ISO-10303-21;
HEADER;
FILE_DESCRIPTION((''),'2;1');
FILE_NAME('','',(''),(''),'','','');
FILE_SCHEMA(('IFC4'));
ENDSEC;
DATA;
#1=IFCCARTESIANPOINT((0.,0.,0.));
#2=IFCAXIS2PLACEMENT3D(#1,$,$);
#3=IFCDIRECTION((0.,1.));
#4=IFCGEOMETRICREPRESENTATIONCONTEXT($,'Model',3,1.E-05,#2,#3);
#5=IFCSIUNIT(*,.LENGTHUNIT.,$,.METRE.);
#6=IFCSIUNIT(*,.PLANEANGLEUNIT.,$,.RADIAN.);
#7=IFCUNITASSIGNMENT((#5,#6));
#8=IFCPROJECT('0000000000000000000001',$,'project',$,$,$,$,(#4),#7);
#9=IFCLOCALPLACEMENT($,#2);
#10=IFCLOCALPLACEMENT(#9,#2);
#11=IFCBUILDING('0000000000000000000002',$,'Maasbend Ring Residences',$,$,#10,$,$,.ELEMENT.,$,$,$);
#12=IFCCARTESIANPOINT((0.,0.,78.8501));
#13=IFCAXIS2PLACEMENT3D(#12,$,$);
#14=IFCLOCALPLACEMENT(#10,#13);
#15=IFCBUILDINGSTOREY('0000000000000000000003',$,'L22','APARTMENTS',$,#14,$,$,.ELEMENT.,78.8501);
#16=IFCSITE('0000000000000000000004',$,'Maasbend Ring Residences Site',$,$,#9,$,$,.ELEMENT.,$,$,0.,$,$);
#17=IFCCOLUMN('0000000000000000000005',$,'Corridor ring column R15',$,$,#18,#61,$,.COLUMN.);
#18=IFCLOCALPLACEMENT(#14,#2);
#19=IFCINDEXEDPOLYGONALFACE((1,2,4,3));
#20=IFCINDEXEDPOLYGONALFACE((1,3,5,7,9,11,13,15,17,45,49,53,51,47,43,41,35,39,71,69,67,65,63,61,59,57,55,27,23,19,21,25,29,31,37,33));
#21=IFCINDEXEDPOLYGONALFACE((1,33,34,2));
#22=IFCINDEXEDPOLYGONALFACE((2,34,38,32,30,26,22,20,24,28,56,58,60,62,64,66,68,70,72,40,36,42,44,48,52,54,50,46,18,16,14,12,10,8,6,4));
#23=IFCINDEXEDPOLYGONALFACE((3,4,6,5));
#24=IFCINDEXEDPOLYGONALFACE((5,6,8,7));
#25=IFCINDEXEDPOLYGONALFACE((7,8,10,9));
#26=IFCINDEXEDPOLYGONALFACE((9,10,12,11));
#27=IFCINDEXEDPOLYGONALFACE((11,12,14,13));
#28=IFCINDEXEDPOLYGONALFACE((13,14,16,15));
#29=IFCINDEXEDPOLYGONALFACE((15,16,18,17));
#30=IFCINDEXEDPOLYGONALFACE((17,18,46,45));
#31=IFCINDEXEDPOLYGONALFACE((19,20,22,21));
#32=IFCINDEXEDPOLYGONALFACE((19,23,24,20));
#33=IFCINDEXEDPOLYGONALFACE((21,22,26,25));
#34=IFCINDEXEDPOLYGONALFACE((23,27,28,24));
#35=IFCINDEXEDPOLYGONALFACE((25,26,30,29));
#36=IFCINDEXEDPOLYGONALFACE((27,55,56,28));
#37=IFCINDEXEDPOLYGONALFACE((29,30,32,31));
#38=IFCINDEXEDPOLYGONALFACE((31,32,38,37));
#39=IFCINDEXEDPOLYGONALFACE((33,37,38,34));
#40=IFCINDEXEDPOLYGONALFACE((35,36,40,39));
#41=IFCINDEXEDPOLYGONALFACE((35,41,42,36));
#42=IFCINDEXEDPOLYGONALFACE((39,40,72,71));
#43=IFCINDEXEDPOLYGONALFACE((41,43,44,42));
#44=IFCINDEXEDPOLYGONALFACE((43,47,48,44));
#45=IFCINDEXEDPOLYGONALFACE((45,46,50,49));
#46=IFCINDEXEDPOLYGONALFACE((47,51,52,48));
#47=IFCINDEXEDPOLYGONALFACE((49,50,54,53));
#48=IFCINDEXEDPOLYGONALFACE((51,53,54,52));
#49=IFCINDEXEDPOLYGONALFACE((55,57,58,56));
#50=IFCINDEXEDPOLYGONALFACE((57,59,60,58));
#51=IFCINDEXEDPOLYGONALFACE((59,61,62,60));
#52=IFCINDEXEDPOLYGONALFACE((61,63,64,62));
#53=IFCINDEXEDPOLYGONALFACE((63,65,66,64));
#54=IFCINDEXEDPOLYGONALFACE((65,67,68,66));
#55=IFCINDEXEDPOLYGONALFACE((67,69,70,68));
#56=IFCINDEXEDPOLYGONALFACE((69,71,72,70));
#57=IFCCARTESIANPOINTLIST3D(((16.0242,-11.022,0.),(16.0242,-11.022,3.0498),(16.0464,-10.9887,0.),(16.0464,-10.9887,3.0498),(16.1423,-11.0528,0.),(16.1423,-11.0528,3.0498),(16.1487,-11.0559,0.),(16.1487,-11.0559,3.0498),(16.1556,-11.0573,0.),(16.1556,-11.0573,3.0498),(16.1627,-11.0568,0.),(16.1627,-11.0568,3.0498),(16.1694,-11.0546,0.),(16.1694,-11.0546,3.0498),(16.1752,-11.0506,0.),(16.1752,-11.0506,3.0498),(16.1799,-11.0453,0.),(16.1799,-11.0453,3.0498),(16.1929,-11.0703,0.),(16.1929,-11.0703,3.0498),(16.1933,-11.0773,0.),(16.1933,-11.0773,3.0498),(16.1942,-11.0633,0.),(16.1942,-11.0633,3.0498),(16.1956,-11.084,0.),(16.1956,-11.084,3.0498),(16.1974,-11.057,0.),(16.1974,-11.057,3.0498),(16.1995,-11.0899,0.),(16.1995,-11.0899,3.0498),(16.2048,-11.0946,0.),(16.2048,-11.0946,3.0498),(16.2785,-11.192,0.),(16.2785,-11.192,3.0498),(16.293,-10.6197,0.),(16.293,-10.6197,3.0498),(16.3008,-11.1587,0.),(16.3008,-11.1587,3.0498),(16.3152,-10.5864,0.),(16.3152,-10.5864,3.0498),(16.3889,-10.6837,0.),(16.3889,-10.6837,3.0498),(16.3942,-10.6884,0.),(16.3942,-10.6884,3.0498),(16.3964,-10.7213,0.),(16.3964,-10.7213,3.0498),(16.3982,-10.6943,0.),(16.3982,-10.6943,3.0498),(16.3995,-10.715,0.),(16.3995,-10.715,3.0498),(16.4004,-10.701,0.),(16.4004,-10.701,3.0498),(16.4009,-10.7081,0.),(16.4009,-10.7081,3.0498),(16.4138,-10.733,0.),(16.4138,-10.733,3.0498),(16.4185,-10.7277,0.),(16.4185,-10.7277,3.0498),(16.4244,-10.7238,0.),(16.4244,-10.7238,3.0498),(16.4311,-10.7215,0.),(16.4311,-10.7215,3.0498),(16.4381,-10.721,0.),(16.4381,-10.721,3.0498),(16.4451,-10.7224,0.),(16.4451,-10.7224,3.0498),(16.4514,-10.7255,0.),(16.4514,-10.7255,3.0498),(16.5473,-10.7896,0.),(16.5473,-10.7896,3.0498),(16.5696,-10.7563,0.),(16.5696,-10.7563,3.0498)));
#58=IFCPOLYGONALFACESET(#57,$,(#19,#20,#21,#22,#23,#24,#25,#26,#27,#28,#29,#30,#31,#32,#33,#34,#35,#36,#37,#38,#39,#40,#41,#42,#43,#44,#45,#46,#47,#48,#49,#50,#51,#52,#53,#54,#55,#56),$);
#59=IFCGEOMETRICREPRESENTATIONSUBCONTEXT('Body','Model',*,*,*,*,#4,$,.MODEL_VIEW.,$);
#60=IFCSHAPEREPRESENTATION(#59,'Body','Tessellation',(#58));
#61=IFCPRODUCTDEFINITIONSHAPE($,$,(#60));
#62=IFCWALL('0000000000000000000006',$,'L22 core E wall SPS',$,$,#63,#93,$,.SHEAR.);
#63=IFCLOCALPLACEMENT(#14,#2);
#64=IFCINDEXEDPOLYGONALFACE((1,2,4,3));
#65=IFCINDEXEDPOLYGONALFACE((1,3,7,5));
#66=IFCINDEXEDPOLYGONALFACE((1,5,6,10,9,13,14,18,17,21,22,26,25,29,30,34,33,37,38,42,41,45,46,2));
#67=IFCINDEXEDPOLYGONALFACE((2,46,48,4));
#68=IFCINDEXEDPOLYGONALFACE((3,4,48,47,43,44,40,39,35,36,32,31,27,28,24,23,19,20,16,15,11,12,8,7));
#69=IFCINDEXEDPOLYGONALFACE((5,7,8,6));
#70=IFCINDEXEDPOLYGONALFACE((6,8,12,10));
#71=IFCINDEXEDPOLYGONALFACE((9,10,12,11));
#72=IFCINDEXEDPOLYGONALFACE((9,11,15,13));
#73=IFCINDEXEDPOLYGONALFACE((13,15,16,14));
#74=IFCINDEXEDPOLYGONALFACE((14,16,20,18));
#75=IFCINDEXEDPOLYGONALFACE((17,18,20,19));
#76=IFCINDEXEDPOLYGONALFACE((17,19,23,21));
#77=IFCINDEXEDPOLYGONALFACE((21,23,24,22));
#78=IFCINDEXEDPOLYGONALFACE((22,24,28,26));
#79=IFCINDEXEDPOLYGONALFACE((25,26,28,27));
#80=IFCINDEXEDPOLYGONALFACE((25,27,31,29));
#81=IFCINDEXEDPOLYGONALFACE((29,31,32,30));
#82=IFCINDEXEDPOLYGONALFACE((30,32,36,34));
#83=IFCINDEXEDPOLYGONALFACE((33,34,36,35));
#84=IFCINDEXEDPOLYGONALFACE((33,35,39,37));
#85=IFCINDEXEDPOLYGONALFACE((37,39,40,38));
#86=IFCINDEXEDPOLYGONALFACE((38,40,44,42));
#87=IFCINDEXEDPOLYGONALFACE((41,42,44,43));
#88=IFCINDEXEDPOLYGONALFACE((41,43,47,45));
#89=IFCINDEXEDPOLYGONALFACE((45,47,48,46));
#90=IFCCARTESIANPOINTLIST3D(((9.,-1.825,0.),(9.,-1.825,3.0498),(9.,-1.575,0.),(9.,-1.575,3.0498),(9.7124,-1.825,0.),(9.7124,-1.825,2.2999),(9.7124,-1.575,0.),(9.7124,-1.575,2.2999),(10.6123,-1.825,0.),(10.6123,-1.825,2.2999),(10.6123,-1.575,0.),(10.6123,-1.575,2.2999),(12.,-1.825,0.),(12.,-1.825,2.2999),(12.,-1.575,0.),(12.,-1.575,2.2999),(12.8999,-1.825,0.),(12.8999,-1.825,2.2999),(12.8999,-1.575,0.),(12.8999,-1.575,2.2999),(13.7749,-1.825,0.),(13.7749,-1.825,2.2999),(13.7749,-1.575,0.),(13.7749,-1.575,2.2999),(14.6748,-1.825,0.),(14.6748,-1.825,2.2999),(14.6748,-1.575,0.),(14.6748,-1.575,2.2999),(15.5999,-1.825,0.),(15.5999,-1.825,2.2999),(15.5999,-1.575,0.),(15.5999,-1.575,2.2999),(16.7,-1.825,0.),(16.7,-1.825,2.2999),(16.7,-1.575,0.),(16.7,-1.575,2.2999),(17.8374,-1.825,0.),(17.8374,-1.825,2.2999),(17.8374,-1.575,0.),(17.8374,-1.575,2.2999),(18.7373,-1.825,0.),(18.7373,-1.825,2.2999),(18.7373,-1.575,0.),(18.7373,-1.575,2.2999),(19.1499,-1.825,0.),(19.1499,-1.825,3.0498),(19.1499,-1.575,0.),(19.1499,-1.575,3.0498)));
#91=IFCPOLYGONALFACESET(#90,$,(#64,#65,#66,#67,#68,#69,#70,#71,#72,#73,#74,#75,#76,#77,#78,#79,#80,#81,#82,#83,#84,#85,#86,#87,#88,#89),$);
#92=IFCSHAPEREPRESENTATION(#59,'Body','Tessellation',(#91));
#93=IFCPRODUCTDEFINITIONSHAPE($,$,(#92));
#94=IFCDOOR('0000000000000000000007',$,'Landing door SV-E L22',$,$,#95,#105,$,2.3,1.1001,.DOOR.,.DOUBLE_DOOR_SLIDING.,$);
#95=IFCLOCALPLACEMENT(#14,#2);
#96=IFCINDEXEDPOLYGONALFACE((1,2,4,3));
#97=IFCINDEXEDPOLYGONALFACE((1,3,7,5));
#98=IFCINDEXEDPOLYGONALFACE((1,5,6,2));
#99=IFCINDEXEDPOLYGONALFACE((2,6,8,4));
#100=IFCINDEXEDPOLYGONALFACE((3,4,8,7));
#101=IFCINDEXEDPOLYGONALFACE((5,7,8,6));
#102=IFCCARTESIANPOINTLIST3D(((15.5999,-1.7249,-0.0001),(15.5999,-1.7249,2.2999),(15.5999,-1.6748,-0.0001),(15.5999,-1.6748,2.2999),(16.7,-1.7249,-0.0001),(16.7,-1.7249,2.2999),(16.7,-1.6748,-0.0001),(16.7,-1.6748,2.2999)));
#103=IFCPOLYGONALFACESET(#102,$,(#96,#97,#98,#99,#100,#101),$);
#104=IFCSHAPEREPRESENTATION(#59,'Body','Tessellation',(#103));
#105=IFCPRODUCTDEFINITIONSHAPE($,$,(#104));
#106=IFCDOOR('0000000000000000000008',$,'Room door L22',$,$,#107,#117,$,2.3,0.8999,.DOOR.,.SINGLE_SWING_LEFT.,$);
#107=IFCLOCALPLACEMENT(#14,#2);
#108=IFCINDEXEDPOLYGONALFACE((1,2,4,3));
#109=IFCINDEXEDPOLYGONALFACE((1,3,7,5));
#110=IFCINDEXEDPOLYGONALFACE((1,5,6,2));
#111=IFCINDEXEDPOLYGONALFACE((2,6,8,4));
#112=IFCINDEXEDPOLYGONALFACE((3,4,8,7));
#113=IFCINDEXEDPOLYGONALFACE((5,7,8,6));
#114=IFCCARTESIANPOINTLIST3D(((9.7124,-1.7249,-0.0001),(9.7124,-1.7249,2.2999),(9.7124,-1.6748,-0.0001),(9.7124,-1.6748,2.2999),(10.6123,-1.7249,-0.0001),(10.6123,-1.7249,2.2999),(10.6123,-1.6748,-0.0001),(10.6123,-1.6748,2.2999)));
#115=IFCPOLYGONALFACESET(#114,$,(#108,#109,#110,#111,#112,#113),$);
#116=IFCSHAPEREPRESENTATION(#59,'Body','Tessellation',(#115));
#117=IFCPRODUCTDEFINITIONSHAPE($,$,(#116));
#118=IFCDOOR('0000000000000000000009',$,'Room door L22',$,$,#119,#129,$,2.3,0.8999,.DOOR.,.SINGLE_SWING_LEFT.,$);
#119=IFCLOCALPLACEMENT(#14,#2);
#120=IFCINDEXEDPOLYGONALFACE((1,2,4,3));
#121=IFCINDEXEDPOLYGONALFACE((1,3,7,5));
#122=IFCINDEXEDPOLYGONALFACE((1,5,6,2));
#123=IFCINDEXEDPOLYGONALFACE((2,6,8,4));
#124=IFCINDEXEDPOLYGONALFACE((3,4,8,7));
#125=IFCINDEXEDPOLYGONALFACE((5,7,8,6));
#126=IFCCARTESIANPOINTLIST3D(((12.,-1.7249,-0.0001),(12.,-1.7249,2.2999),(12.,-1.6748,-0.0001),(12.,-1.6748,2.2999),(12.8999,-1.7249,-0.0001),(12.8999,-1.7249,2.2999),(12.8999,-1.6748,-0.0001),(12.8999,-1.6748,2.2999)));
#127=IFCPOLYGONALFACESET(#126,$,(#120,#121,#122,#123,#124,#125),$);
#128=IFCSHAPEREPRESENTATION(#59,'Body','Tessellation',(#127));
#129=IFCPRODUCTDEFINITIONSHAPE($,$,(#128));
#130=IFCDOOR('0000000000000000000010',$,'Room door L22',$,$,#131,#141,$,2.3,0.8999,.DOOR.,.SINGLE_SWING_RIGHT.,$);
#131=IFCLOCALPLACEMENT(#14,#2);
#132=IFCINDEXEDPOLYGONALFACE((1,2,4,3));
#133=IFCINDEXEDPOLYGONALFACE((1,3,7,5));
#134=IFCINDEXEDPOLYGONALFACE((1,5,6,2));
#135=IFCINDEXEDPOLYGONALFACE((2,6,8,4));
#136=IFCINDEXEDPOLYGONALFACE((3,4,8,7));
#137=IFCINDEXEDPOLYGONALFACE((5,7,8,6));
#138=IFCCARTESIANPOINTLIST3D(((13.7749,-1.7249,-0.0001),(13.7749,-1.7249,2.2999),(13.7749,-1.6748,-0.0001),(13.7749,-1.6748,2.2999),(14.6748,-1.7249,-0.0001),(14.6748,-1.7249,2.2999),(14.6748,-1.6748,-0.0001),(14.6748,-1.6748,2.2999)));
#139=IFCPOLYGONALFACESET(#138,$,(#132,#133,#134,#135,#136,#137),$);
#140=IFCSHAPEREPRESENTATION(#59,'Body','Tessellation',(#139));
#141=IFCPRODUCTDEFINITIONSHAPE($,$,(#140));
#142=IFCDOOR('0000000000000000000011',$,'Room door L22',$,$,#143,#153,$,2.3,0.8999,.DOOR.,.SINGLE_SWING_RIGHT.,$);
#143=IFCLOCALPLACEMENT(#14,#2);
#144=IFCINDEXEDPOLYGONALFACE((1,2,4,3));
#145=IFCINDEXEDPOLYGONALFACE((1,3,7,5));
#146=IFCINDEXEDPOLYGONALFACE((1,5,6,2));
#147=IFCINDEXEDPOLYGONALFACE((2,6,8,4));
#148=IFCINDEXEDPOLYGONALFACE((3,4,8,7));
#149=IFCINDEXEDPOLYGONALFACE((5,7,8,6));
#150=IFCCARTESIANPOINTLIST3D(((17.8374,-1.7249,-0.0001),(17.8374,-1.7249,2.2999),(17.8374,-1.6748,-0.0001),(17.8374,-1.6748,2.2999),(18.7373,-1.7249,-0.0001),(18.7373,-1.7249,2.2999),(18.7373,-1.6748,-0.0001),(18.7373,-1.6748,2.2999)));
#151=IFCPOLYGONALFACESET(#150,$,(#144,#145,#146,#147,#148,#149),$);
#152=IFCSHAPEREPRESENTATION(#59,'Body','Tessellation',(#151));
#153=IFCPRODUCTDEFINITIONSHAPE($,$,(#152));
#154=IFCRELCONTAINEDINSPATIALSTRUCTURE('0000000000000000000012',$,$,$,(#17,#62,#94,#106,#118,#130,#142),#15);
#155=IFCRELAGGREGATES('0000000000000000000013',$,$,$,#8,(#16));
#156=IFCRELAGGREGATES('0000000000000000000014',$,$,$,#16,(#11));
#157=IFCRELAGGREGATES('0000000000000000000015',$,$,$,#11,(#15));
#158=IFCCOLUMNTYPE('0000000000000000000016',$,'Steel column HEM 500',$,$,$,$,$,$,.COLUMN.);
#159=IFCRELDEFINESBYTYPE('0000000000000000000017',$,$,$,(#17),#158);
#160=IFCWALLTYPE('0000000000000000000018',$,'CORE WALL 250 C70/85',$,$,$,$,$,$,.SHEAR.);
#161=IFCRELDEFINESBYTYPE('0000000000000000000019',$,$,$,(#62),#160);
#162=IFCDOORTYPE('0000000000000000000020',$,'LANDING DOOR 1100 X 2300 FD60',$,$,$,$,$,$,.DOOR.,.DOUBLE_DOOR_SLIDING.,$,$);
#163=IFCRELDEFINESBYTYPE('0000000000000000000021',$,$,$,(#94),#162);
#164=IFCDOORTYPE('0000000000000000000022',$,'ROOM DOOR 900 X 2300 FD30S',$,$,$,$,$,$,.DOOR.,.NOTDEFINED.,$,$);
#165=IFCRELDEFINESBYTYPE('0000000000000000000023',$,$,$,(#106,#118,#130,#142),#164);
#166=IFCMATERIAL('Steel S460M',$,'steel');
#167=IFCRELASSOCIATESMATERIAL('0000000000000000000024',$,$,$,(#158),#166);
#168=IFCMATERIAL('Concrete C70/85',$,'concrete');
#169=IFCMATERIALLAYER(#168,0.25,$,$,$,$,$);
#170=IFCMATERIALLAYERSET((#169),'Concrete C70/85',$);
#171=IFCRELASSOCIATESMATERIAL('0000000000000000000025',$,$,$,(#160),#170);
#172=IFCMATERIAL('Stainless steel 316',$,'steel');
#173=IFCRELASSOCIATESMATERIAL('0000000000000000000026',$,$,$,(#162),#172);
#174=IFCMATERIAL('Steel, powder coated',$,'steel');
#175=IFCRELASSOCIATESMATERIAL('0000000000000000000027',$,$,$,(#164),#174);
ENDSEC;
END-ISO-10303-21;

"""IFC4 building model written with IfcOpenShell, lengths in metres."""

from ifc_helpers import new_model, si_unit, direction, frame, frame_2d, origin, origin_2d, place, context, subcontext, project, spatial, rectangle, i_section, extrude, material, layer, layer_set, material_profile, profile_set, type_object, element, fill, save


model = new_model("IFC4")

# Units and contexts
model_context = context("Model", 3, precision=1e-05, world=origin(), true_north=direction((0.0, 1.0)))
body_context = subcontext(model_context, "Body", "Model", "MODEL_VIEW")
ifc_project = project(units=[si_unit("LENGTHUNIT", "METRE"), si_unit("PLANEANGLEUNIT", "RADIAN")], contexts=[model_context])

# Site, building, storey
site_placement = place(None, origin())
site = spatial("IfcSite", under=ifc_project, at=site_placement, Name="Maasbend Ring Residences Site", CompositionType="ELEMENT", RefElevation=0.0)
building_placement = place(site_placement, origin())
building = spatial("IfcBuilding", under=site, at=building_placement, Name="Maasbend Ring Residences", CompositionType="ELEMENT")
storey_placement = place(building_placement, frame((0.0, 0.0, 78.8501)))
storey = spatial("IfcBuildingStorey", under=building, at=storey_placement, Name="L22", Description="APARTMENTS", CompositionType="ELEMENT", Elevation=78.8501)

# Column
ifc_material_1 = material(Name="Steel S460M", Category="steel")
ifc_material_profile = material_profile(ifc_material_1, i_section(OverallWidth=0.3059, OverallDepth=0.5239, WebThickness=0.021, FlangeThickness=0.04, FilletRadius=0.0271, at=origin_2d()), Name="HEM 500")
ifc_profile_set = profile_set([ifc_material_profile], Name="Steel S460M")
column_type = type_object("IfcColumnType", Name="Steel column HEM 500", PredefinedType="COLUMN", material=ifc_profile_set)
column_placement = place(storey_placement, frame((16.2969, -10.8892, 0.0), z_axis=(0.0, 0.0, 1.0), x_axis=(0.83147, -0.55557, 0.0)))
element("IfcColumn", 1, at=column_placement, inside=storey, type_object=column_type, Name="Corridor ring column R15", PredefinedType="COLUMN", context=body_context, shape_type="SweptSolid", body=[
    extrude(i_section(OverallWidth=0.3059, OverallDepth=0.5239, WebThickness=0.021, FlangeThickness=0.04, FilletRadius=0.0271, at=origin_2d()), origin(), (0.0, 0.0, 1.0), 3.0498),
])

# Wall, openings, doors
ifc_material_2 = material(Name="Concrete C70/85", Category="concrete")
ifc_layer_1 = layer(ifc_material_2, 0.25)
ifc_layer_set_1 = layer_set([ifc_layer_1], Name="Concrete C70/85")
wall_type_1 = type_object("IfcWallType", Name="CORE WALL 250 C70/85", PredefinedType="SHEAR", material=ifc_layer_set_1)
wall_1_placement = place(storey_placement, frame((19.1499, -1.7, 0.0), z_axis=(0.0, 0.0, 1.0), x_axis=(-1.0, 0.0, 0.0)))
wall_1 = element("IfcWall", 2, at=wall_1_placement, inside=storey, type_object=wall_type_1, Name="L22 core E wall SPS", PredefinedType="SHEAR", context=body_context, shape_type="SweptSolid", body=[
    extrude(rectangle(XDim=10.1499, YDim=0.25, at=frame_2d((5.075, 0.0))), origin(), (0.0, 0.0, 1.0), 3.0498),
])
opening_1_placement = place(wall_1_placement, frame((2.45, 0.0, 0.0)))
opening_1 = element("IfcOpeningElement", 3, at=opening_1_placement, cuts=wall_1, PredefinedType="OPENING", context=body_context, shape_type="SweptSolid", body=[
    extrude(rectangle(XDim=1.1001, YDim=2.3, at=frame_2d((0.55, 1.1499))), frame((0.0, 0.135, 0.0), z_axis=(0.0, -1.0, 0.0), x_axis=(1.0, 0.0, 0.0)), (0.0, 0.0, 1.0), 0.27),
])
opening_2_placement = place(wall_1_placement, frame((8.5376, 0.0, 0.0)))
opening_2 = element("IfcOpeningElement", 4, at=opening_2_placement, cuts=wall_1, PredefinedType="OPENING", context=body_context, shape_type="SweptSolid", body=[
    extrude(rectangle(XDim=0.8999, YDim=2.3, at=frame_2d((0.45, 1.1499))), frame((0.0, 0.135, 0.0), z_axis=(0.0, -1.0, 0.0), x_axis=(1.0, 0.0, 0.0)), (0.0, 0.0, 1.0), 0.27),
])
opening_3_placement = place(wall_1_placement, frame((6.25, 0.0, 0.0)))
opening_3 = element("IfcOpeningElement", 5, at=opening_3_placement, cuts=wall_1, PredefinedType="OPENING", context=body_context, shape_type="SweptSolid", body=[
    extrude(rectangle(XDim=0.8999, YDim=2.3, at=frame_2d((0.45, 1.1499))), frame((0.0, 0.135, 0.0), z_axis=(0.0, -1.0, 0.0), x_axis=(1.0, 0.0, 0.0)), (0.0, 0.0, 1.0), 0.27),
])
opening_4_placement = place(wall_1_placement, frame((4.4751, 0.0, 0.0)))
opening_4 = element("IfcOpeningElement", 6, at=opening_4_placement, cuts=wall_1, PredefinedType="OPENING", context=body_context, shape_type="SweptSolid", body=[
    extrude(rectangle(XDim=0.8999, YDim=2.3, at=frame_2d((0.45, 1.1499))), frame((0.0, 0.135, 0.0), z_axis=(0.0, -1.0, 0.0), x_axis=(1.0, 0.0, 0.0)), (0.0, 0.0, 1.0), 0.27),
])
opening_5_placement = place(wall_1_placement, frame((0.4126, 0.0, 0.0)))
opening_5 = element("IfcOpeningElement", 7, at=opening_5_placement, cuts=wall_1, PredefinedType="OPENING", context=body_context, shape_type="SweptSolid", body=[
    extrude(rectangle(XDim=0.8999, YDim=2.3, at=frame_2d((0.45, 1.1499))), frame((0.0, 0.135, 0.0), z_axis=(0.0, -1.0, 0.0), x_axis=(1.0, 0.0, 0.0)), (0.0, 0.0, 1.0), 0.27),
])
ifc_material_3 = material(Name="Stainless steel 316", Category="steel")
door_type_1 = type_object("IfcDoorType", Name="LANDING DOOR 1100 X 2300 FD60", OperationType="DOUBLE_DOOR_SLIDING", PredefinedType="DOOR", material=ifc_material_3)
door_1_placement = place(opening_1_placement, origin())
door_1 = element("IfcDoor", 8, at=door_1_placement, inside=storey, type_object=door_type_1, Name="Landing door SV-E L22", OperationType="DOUBLE_DOOR_SLIDING", OverallHeight=2.3, OverallWidth=1.1001, PredefinedType="DOOR", context=body_context, shape_type="SweptSolid", body=[
    extrude(rectangle(XDim=1.1001, YDim=2.3, at=frame_2d((0.55, 1.1499))), frame((0.0, 0.0249, 0.0), z_axis=(0.0, -1.0, 0.0), x_axis=(1.0, 0.0, 0.0)), (0.0, 0.0, 1.0), 0.05),
])
fill(opening_1, door_1)
ifc_material_4 = material(Name="Steel, powder coated", Category="steel")
door_type_2 = type_object("IfcDoorType", Name="ROOM DOOR 900 X 2300 FD30S", OperationType="NOTDEFINED", PredefinedType="DOOR", material=ifc_material_4)
door_2_placement = place(opening_2_placement, origin())
door_2 = element("IfcDoor", 9, at=door_2_placement, inside=storey, type_object=door_type_2, Name="Room door L22", OperationType="SINGLE_SWING_LEFT", OverallHeight=2.3, OverallWidth=0.8999, PredefinedType="DOOR", context=body_context, shape_type="SweptSolid", body=[
    extrude(rectangle(XDim=0.8999, YDim=2.3, at=frame_2d((0.45, 1.1499))), frame((0.0, 0.0249, 0.0), z_axis=(0.0, -1.0, 0.0), x_axis=(1.0, 0.0, 0.0)), (0.0, 0.0, 1.0), 0.05),
])
fill(opening_2, door_2)
door_3_placement = place(opening_3_placement, origin())
door_3 = element("IfcDoor", 10, at=door_3_placement, inside=storey, type_object=door_type_2, Name="Room door L22", OperationType="SINGLE_SWING_LEFT", OverallHeight=2.3, OverallWidth=0.8999, PredefinedType="DOOR", context=body_context, shape_type="SweptSolid", body=[
    extrude(rectangle(XDim=0.8999, YDim=2.3, at=frame_2d((0.45, 1.1499))), frame((0.0, 0.0249, 0.0), z_axis=(0.0, -1.0, 0.0), x_axis=(1.0, 0.0, 0.0)), (0.0, 0.0, 1.0), 0.05),
])
fill(opening_3, door_3)
door_4_placement = place(opening_4_placement, origin())
door_4 = element("IfcDoor", 11, at=door_4_placement, inside=storey, type_object=door_type_2, Name="Room door L22", OperationType="SINGLE_SWING_RIGHT", OverallHeight=2.3, OverallWidth=0.8999, PredefinedType="DOOR", context=body_context, shape_type="SweptSolid", body=[
    extrude(rectangle(XDim=0.8999, YDim=2.3, at=frame_2d((0.45, 1.1499))), frame((0.0, 0.0249, 0.0), z_axis=(0.0, -1.0, 0.0), x_axis=(1.0, 0.0, 0.0)), (0.0, 0.0, 1.0), 0.05),
])
fill(opening_4, door_4)
door_5_placement = place(opening_5_placement, origin())
door_5 = element("IfcDoor", 12, at=door_5_placement, inside=storey, type_object=door_type_2, Name="Room door L22", OperationType="SINGLE_SWING_RIGHT", OverallHeight=2.3, OverallWidth=0.8999, PredefinedType="DOOR", context=body_context, shape_type="SweptSolid", body=[
    extrude(rectangle(XDim=0.8999, YDim=2.3, at=frame_2d((0.45, 1.1499))), frame((0.0, 0.0249, 0.0), z_axis=(0.0, -1.0, 0.0), x_axis=(1.0, 0.0, 0.0)), (0.0, 0.0, 1.0), 0.05),
])
fill(opening_5, door_5)

save(model, "model.ifc")
